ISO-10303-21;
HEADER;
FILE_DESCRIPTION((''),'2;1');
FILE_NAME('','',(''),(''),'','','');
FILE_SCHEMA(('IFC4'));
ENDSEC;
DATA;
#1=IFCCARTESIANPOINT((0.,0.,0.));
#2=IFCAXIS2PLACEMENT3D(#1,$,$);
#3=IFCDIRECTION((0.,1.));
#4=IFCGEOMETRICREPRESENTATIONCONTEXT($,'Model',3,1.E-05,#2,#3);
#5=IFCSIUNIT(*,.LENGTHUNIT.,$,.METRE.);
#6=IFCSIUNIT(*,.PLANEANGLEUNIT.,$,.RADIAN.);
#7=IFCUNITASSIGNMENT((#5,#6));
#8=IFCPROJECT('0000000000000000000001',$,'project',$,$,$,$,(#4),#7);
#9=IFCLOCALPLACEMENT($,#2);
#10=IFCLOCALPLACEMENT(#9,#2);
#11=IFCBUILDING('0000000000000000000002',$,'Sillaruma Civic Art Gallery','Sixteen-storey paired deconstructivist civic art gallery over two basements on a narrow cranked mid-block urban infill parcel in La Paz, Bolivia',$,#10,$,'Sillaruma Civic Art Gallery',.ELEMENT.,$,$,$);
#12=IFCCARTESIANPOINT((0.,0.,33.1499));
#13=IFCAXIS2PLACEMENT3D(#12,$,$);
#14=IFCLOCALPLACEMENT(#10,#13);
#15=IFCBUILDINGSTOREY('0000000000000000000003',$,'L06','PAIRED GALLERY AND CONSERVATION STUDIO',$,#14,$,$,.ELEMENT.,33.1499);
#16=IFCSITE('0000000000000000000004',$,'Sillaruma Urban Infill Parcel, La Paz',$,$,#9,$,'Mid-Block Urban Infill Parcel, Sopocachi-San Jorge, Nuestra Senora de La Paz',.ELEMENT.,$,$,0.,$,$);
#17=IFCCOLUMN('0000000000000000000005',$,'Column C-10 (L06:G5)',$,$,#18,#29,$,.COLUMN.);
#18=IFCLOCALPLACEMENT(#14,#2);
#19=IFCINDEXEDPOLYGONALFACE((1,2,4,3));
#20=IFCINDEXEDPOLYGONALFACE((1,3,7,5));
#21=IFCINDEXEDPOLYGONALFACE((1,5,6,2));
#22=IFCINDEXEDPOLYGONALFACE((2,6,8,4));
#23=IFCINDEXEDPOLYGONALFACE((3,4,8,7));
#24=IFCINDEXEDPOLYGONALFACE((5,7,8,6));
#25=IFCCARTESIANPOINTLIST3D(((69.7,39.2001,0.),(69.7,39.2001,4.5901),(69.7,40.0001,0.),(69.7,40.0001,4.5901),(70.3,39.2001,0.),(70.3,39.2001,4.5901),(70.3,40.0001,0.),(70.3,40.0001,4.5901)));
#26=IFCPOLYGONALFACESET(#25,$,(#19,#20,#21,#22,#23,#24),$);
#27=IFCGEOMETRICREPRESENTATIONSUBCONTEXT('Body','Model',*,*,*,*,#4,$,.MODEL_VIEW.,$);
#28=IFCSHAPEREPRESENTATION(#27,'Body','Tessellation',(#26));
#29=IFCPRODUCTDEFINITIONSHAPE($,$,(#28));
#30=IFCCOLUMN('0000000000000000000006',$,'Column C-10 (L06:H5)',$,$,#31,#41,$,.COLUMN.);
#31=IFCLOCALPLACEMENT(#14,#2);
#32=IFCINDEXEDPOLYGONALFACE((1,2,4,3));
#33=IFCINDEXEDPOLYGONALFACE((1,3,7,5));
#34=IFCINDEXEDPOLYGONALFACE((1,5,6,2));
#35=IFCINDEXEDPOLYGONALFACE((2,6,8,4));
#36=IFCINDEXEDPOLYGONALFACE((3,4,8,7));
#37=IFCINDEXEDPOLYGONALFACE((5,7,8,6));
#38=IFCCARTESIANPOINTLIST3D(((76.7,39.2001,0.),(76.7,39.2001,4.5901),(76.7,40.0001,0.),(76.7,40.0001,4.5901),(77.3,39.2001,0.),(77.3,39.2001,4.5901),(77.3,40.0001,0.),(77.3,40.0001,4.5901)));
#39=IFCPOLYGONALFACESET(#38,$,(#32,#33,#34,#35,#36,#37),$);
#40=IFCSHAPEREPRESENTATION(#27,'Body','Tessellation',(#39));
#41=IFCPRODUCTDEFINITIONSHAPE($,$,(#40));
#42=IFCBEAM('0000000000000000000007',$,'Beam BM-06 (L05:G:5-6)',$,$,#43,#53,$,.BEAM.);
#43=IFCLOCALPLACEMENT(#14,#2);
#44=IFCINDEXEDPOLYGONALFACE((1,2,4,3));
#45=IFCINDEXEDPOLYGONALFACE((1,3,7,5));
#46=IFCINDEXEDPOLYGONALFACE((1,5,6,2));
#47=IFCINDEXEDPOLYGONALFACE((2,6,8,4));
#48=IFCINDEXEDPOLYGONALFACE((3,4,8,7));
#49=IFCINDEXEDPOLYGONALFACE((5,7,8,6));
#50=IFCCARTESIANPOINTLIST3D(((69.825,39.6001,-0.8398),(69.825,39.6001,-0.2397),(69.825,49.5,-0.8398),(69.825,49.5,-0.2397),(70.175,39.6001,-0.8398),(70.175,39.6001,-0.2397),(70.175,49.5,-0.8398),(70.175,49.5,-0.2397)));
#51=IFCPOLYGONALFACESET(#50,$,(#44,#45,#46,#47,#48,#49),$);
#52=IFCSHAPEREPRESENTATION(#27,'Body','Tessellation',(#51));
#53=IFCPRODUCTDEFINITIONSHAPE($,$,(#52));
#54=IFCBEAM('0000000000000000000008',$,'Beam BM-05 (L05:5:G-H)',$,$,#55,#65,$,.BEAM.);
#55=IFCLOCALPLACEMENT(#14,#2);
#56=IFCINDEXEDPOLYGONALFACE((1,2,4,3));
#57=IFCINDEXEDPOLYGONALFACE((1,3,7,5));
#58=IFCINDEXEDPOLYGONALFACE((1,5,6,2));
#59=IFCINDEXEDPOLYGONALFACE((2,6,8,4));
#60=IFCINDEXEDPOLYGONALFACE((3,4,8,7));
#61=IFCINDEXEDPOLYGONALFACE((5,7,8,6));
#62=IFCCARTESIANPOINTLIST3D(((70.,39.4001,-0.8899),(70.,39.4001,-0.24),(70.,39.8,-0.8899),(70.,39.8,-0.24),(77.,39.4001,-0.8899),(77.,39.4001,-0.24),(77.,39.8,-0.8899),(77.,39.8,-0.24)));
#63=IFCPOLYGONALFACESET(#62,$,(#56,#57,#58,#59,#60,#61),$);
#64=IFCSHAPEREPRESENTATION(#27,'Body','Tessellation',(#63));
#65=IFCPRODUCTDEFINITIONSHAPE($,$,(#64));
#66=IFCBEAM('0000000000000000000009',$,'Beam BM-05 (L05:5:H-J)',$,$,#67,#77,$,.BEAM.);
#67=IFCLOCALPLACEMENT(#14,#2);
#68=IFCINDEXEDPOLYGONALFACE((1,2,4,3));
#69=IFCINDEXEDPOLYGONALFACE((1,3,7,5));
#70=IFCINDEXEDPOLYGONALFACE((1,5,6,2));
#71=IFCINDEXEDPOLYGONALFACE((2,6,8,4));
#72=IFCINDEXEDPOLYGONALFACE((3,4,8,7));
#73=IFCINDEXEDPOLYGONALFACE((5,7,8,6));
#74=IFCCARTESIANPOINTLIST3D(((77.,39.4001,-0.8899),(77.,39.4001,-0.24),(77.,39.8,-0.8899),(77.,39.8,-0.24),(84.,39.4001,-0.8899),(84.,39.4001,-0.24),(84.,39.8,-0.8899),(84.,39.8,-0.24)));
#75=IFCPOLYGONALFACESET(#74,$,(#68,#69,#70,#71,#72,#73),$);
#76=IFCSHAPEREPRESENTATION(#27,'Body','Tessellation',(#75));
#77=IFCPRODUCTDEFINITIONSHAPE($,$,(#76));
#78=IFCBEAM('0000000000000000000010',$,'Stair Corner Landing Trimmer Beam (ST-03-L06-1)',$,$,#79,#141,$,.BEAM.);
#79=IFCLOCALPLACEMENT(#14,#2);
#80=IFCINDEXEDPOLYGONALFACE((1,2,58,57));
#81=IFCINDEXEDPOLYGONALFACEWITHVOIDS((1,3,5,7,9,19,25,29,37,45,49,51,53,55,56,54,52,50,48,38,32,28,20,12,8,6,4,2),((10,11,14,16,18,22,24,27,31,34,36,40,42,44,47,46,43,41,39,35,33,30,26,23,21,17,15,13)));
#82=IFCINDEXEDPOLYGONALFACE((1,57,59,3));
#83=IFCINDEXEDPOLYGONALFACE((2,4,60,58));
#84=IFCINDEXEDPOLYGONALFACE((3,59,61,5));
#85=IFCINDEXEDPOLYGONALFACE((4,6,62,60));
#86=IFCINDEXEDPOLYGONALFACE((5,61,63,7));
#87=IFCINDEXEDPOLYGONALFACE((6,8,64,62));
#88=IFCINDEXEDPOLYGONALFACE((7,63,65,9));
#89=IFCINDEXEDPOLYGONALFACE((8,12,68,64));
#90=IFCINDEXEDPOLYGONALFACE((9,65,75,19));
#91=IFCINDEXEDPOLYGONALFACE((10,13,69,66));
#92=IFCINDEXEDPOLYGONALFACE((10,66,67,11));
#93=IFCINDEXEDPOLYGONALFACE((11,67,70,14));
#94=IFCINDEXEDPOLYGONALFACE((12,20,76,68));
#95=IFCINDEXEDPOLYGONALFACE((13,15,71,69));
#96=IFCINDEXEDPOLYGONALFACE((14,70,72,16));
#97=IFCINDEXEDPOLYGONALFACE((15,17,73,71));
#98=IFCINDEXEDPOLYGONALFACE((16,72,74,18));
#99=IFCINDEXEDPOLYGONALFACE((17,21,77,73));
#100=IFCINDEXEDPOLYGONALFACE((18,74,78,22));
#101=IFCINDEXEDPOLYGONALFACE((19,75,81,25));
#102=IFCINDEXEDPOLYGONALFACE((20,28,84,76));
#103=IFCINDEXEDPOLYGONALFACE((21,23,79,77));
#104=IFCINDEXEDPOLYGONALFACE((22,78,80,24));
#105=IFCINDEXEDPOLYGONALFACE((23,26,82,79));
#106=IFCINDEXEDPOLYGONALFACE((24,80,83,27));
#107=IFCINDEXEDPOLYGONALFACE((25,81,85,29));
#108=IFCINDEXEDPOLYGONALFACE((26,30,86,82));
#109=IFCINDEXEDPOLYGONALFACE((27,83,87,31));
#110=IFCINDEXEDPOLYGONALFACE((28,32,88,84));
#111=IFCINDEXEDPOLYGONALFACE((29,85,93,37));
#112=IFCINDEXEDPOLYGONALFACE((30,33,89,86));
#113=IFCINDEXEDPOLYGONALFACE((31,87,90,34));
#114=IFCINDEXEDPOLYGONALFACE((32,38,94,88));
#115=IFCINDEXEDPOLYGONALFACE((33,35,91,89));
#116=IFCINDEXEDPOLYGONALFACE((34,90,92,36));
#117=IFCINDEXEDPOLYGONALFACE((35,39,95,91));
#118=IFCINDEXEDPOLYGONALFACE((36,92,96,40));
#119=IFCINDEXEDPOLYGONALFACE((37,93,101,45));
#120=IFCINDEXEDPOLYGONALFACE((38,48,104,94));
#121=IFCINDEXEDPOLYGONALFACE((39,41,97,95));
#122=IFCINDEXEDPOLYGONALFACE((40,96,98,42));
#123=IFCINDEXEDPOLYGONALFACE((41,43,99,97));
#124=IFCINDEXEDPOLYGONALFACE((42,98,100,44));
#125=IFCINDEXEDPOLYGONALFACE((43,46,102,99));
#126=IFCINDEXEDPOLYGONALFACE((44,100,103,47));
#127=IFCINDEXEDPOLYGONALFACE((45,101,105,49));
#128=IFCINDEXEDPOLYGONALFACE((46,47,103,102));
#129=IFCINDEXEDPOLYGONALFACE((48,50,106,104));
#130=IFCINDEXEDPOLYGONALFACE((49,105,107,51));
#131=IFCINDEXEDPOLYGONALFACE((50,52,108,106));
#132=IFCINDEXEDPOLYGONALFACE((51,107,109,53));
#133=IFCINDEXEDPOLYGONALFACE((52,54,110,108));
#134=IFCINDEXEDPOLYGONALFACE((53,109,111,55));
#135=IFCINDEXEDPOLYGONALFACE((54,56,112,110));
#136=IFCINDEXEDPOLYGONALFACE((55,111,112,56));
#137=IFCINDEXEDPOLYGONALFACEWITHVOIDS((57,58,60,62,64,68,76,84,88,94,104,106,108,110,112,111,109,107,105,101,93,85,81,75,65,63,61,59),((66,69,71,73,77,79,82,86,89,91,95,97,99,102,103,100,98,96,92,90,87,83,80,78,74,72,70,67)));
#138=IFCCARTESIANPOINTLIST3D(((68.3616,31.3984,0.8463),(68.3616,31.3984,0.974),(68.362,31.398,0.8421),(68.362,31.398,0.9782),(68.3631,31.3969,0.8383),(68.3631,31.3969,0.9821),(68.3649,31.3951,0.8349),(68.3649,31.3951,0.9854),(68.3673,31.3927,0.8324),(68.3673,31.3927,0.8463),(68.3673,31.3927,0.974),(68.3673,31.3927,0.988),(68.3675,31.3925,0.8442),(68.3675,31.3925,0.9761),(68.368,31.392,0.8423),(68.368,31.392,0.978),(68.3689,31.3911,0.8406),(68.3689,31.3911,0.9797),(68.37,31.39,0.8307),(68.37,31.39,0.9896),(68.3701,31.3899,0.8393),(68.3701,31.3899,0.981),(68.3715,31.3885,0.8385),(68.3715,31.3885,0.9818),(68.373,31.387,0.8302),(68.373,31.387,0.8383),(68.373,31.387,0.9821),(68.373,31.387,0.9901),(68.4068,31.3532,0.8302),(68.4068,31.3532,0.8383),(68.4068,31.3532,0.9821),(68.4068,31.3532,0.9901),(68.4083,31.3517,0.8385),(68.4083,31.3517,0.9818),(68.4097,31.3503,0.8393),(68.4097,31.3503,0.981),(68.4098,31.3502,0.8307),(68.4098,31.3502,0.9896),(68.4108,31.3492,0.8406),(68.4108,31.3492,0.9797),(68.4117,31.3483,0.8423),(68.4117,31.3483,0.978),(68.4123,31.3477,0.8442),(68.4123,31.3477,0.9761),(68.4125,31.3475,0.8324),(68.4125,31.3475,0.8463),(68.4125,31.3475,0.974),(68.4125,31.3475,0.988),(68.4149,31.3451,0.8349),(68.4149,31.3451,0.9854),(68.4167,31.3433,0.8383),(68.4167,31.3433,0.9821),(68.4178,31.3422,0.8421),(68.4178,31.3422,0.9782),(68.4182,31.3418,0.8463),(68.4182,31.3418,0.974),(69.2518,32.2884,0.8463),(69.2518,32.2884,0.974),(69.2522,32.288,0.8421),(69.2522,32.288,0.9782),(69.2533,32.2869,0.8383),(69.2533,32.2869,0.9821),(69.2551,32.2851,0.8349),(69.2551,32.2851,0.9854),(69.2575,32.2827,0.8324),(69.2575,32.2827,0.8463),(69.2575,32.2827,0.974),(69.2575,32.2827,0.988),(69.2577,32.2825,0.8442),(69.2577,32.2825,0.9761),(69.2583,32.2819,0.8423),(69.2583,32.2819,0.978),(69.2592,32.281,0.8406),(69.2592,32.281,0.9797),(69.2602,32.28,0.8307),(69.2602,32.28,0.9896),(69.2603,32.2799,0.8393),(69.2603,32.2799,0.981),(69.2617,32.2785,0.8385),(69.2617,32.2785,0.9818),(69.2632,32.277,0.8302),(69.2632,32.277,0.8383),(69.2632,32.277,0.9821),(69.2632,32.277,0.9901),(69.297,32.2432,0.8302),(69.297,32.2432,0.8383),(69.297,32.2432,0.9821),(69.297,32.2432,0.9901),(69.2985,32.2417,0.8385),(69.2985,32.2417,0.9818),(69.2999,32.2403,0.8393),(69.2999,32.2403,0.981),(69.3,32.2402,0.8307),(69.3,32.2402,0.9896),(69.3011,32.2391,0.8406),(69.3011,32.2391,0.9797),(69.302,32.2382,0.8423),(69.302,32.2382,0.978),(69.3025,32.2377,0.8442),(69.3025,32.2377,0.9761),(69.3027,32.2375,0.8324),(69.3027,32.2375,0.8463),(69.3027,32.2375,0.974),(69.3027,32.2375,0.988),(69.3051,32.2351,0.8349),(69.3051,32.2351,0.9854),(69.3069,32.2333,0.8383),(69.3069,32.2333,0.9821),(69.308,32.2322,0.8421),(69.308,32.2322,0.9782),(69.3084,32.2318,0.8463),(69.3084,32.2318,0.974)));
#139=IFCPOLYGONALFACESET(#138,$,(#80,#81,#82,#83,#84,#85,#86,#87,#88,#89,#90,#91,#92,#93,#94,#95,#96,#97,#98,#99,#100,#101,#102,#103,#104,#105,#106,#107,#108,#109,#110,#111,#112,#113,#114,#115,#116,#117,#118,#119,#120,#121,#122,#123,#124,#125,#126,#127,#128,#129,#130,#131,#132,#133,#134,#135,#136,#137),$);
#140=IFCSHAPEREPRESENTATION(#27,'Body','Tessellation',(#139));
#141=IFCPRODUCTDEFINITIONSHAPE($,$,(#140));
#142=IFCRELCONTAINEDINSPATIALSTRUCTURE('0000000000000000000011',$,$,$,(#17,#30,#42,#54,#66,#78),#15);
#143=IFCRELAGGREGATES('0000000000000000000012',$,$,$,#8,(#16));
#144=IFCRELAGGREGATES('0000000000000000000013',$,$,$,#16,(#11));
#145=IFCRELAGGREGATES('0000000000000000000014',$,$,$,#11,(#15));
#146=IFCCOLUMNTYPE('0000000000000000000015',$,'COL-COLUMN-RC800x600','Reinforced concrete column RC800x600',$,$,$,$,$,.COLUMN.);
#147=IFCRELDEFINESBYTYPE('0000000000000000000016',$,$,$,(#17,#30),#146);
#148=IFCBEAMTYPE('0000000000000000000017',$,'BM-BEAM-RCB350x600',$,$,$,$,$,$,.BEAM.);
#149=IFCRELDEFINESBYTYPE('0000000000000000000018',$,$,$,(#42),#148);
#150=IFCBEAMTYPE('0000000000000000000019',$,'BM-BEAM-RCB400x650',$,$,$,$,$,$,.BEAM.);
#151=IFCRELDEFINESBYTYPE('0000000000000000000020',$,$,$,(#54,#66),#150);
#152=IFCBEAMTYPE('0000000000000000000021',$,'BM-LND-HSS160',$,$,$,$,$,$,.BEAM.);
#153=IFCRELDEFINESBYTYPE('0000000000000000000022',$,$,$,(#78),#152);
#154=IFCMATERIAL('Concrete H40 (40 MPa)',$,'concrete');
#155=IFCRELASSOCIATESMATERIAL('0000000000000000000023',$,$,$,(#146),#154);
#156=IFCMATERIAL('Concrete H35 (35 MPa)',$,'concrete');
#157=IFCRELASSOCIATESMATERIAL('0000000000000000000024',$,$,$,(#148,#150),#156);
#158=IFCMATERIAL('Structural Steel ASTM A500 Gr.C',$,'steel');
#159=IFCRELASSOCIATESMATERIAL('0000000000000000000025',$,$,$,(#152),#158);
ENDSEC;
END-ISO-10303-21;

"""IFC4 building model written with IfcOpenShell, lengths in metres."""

from ifc_helpers import new_model, si_unit, direction, frame, origin, origin_2d, place, context, subcontext, project, spatial, rectangle, hollow_rectangle, extrude, material, material_profile, profile_set, type_object, element, save


model = new_model("IFC4")

# Units and contexts
model_context = context("Model", 3, precision=1e-05, world=origin(), true_north=direction((0.0, 1.0)))
body_context = subcontext(model_context, "Body", "Model", "MODEL_VIEW")
ifc_project = project(units=[si_unit("LENGTHUNIT", "METRE"), si_unit("PLANEANGLEUNIT", "RADIAN")], contexts=[model_context])

# Site, building, storey
site_placement = place(None, origin())
site = spatial("IfcSite", under=ifc_project, at=site_placement, Name="Sillaruma Urban Infill Parcel, La Paz", LongName="Mid-Block Urban Infill Parcel, Sopocachi-San Jorge, Nuestra Senora de La Paz", CompositionType="ELEMENT", RefElevation=0.0)
building_placement = place(site_placement, origin())
building = spatial("IfcBuilding", under=site, at=building_placement, Name="Sillaruma Civic Art Gallery", Description="Sixteen-storey paired deconstructivist civic art gallery over two basements on a narrow cranked mid-block urban infill parcel in La Paz, Bolivia", LongName="Sillaruma Civic Art Gallery", CompositionType="ELEMENT")
storey_placement = place(building_placement, frame((0.0, 0.0, 33.1499)))
storey = spatial("IfcBuildingStorey", under=building, at=storey_placement, Name="L06", Description="PAIRED GALLERY AND CONSERVATION STUDIO", CompositionType="ELEMENT", Elevation=33.1499)

# Columns
ifc_material_1 = material(Name="Concrete H40 (40 MPa)", Category="concrete")
ifc_material_profile_1 = material_profile(ifc_material_1, rectangle(XDim=0.6001, YDim=0.8, at=origin_2d()), Name="RC800x600")
ifc_profile_set_1 = profile_set([ifc_material_profile_1], Name="Concrete H40 (40 MPa)")
column_type = type_object("IfcColumnType", Name="COL-COLUMN-RC800x600", Description="Reinforced concrete column RC800x600", PredefinedType="COLUMN", material=ifc_profile_set_1)
for number, where, z_axis, x_axis, name in (
    (1, (70.0, 39.6001, 0.0), (0.0, 0.0, 1.0), (1.0, 0.0, 0.0), "Column C-10 (L06:G5)"),
    (2, (77.0, 39.6001, 0.0), (0.0, 0.0, 1.0), (1.0, 0.0, 0.0), "Column C-10 (L06:H5)"),
):
    element("IfcColumn", number, at=place(storey_placement, frame(where, z_axis=z_axis, x_axis=x_axis)), inside=storey, type_object=column_type, Name=name, PredefinedType="COLUMN", context=body_context, shape_type="SweptSolid", body=[
        extrude(rectangle(XDim=0.6001, YDim=0.8, at=origin_2d()), origin(), (0.0, 0.0, 1.0), 4.5901),
    ])

# Beams
ifc_material_2 = material(Name="Concrete H35 (35 MPa)", Category="concrete")
ifc_material_profile_2 = material_profile(ifc_material_2, rectangle(XDim=0.3501, YDim=0.6001, at=origin_2d()), Name="RCB350x600")
ifc_profile_set_2 = profile_set([ifc_material_profile_2], Name="Concrete H35 (35 MPa)")
beam_type_1 = type_object("IfcBeamType", Name="BM-BEAM-RCB350x600", PredefinedType="BEAM", material=ifc_profile_set_2)
beam_1_placement = place(storey_placement, frame((70.0, 39.6001, -0.5398), z_axis=(0.0, 1.0, 0.0), x_axis=(-1.0, 0.0, 0.0)))
element("IfcBeam", 3, at=beam_1_placement, inside=storey, type_object=beam_type_1, Name="Beam BM-06 (L05:G:5-6)", PredefinedType="BEAM", context=body_context, shape_type="SweptSolid", body=[
    extrude(rectangle(XDim=0.3501, YDim=0.6001, at=origin_2d()), origin(), (0.0, 0.0, 1.0), 9.8999),
])
ifc_material_profile_3 = material_profile(ifc_material_2, rectangle(XDim=0.3999, YDim=0.6499, at=origin_2d()), Name="RCB400x650")
ifc_profile_set_3 = profile_set([ifc_material_profile_3], Name="Concrete H35 (35 MPa)")
beam_type_2 = type_object("IfcBeamType", Name="BM-BEAM-RCB400x650", PredefinedType="BEAM", material=ifc_profile_set_3)
for number, where, z_axis, x_axis, name in (
    (4, (70.0, 39.6001, -0.5649), (1.0, 0.0, 0.0), (0.0, 1.0, 0.0), "Beam BM-05 (L05:5:G-H)"),
    (5, (77.0, 39.6001, -0.5649), (1.0, 0.0, 0.0), (0.0, 1.0, 0.0), "Beam BM-05 (L05:5:H-J)"),
):
    element("IfcBeam", number, at=place(storey_placement, frame(where, z_axis=z_axis, x_axis=x_axis)), inside=storey, type_object=beam_type_2, Name=name, PredefinedType="BEAM", context=body_context, shape_type="SweptSolid", body=[
        extrude(rectangle(XDim=0.3999, YDim=0.6499, at=origin_2d()), origin(), (0.0, 0.0, 1.0), 7.0),
    ])
ifc_material_3 = material(Name="Structural Steel ASTM A500 Gr.C", Category="steel")
ifc_material_profile_4 = material_profile(ifc_material_3, hollow_rectangle(XDim=0.0801, YDim=0.1599, WallThickness=0.0081, InnerFilletRadius=0.0081, OuterFilletRadius=0.0161, at=origin_2d()), Name="HSS160x80x8")
ifc_profile_set_4 = profile_set([ifc_material_profile_4], Name="Structural Steel ASTM A500 Gr.C")
beam_type_3 = type_object("IfcBeamType", Name="BM-LND-HSS160", PredefinedType="BEAM", material=ifc_profile_set_4)
for number, where, z_axis, x_axis, name in (
    (6, (68.3899, 31.3701, 0.9102), (0.707204, 0.70701, 0.0), (-0.70701, 0.707204, 0.0), "Stair Corner Landing Trimmer Beam (ST-03-L06-1)"),
):
    element("IfcBeam", number, at=place(storey_placement, frame(where, z_axis=z_axis, x_axis=x_axis)), inside=storey, type_object=beam_type_3, Name=name, PredefinedType="BEAM", context=body_context, shape_type="SweptSolid", body=[
        extrude(hollow_rectangle(XDim=0.0801, YDim=0.1599, WallThickness=0.0081, InnerFilletRadius=0.0081, OuterFilletRadius=0.0161, at=origin_2d()), origin(), (0.0, 0.0, 1.0), 1.2588),
    ])

save(model, "model.ifc")
